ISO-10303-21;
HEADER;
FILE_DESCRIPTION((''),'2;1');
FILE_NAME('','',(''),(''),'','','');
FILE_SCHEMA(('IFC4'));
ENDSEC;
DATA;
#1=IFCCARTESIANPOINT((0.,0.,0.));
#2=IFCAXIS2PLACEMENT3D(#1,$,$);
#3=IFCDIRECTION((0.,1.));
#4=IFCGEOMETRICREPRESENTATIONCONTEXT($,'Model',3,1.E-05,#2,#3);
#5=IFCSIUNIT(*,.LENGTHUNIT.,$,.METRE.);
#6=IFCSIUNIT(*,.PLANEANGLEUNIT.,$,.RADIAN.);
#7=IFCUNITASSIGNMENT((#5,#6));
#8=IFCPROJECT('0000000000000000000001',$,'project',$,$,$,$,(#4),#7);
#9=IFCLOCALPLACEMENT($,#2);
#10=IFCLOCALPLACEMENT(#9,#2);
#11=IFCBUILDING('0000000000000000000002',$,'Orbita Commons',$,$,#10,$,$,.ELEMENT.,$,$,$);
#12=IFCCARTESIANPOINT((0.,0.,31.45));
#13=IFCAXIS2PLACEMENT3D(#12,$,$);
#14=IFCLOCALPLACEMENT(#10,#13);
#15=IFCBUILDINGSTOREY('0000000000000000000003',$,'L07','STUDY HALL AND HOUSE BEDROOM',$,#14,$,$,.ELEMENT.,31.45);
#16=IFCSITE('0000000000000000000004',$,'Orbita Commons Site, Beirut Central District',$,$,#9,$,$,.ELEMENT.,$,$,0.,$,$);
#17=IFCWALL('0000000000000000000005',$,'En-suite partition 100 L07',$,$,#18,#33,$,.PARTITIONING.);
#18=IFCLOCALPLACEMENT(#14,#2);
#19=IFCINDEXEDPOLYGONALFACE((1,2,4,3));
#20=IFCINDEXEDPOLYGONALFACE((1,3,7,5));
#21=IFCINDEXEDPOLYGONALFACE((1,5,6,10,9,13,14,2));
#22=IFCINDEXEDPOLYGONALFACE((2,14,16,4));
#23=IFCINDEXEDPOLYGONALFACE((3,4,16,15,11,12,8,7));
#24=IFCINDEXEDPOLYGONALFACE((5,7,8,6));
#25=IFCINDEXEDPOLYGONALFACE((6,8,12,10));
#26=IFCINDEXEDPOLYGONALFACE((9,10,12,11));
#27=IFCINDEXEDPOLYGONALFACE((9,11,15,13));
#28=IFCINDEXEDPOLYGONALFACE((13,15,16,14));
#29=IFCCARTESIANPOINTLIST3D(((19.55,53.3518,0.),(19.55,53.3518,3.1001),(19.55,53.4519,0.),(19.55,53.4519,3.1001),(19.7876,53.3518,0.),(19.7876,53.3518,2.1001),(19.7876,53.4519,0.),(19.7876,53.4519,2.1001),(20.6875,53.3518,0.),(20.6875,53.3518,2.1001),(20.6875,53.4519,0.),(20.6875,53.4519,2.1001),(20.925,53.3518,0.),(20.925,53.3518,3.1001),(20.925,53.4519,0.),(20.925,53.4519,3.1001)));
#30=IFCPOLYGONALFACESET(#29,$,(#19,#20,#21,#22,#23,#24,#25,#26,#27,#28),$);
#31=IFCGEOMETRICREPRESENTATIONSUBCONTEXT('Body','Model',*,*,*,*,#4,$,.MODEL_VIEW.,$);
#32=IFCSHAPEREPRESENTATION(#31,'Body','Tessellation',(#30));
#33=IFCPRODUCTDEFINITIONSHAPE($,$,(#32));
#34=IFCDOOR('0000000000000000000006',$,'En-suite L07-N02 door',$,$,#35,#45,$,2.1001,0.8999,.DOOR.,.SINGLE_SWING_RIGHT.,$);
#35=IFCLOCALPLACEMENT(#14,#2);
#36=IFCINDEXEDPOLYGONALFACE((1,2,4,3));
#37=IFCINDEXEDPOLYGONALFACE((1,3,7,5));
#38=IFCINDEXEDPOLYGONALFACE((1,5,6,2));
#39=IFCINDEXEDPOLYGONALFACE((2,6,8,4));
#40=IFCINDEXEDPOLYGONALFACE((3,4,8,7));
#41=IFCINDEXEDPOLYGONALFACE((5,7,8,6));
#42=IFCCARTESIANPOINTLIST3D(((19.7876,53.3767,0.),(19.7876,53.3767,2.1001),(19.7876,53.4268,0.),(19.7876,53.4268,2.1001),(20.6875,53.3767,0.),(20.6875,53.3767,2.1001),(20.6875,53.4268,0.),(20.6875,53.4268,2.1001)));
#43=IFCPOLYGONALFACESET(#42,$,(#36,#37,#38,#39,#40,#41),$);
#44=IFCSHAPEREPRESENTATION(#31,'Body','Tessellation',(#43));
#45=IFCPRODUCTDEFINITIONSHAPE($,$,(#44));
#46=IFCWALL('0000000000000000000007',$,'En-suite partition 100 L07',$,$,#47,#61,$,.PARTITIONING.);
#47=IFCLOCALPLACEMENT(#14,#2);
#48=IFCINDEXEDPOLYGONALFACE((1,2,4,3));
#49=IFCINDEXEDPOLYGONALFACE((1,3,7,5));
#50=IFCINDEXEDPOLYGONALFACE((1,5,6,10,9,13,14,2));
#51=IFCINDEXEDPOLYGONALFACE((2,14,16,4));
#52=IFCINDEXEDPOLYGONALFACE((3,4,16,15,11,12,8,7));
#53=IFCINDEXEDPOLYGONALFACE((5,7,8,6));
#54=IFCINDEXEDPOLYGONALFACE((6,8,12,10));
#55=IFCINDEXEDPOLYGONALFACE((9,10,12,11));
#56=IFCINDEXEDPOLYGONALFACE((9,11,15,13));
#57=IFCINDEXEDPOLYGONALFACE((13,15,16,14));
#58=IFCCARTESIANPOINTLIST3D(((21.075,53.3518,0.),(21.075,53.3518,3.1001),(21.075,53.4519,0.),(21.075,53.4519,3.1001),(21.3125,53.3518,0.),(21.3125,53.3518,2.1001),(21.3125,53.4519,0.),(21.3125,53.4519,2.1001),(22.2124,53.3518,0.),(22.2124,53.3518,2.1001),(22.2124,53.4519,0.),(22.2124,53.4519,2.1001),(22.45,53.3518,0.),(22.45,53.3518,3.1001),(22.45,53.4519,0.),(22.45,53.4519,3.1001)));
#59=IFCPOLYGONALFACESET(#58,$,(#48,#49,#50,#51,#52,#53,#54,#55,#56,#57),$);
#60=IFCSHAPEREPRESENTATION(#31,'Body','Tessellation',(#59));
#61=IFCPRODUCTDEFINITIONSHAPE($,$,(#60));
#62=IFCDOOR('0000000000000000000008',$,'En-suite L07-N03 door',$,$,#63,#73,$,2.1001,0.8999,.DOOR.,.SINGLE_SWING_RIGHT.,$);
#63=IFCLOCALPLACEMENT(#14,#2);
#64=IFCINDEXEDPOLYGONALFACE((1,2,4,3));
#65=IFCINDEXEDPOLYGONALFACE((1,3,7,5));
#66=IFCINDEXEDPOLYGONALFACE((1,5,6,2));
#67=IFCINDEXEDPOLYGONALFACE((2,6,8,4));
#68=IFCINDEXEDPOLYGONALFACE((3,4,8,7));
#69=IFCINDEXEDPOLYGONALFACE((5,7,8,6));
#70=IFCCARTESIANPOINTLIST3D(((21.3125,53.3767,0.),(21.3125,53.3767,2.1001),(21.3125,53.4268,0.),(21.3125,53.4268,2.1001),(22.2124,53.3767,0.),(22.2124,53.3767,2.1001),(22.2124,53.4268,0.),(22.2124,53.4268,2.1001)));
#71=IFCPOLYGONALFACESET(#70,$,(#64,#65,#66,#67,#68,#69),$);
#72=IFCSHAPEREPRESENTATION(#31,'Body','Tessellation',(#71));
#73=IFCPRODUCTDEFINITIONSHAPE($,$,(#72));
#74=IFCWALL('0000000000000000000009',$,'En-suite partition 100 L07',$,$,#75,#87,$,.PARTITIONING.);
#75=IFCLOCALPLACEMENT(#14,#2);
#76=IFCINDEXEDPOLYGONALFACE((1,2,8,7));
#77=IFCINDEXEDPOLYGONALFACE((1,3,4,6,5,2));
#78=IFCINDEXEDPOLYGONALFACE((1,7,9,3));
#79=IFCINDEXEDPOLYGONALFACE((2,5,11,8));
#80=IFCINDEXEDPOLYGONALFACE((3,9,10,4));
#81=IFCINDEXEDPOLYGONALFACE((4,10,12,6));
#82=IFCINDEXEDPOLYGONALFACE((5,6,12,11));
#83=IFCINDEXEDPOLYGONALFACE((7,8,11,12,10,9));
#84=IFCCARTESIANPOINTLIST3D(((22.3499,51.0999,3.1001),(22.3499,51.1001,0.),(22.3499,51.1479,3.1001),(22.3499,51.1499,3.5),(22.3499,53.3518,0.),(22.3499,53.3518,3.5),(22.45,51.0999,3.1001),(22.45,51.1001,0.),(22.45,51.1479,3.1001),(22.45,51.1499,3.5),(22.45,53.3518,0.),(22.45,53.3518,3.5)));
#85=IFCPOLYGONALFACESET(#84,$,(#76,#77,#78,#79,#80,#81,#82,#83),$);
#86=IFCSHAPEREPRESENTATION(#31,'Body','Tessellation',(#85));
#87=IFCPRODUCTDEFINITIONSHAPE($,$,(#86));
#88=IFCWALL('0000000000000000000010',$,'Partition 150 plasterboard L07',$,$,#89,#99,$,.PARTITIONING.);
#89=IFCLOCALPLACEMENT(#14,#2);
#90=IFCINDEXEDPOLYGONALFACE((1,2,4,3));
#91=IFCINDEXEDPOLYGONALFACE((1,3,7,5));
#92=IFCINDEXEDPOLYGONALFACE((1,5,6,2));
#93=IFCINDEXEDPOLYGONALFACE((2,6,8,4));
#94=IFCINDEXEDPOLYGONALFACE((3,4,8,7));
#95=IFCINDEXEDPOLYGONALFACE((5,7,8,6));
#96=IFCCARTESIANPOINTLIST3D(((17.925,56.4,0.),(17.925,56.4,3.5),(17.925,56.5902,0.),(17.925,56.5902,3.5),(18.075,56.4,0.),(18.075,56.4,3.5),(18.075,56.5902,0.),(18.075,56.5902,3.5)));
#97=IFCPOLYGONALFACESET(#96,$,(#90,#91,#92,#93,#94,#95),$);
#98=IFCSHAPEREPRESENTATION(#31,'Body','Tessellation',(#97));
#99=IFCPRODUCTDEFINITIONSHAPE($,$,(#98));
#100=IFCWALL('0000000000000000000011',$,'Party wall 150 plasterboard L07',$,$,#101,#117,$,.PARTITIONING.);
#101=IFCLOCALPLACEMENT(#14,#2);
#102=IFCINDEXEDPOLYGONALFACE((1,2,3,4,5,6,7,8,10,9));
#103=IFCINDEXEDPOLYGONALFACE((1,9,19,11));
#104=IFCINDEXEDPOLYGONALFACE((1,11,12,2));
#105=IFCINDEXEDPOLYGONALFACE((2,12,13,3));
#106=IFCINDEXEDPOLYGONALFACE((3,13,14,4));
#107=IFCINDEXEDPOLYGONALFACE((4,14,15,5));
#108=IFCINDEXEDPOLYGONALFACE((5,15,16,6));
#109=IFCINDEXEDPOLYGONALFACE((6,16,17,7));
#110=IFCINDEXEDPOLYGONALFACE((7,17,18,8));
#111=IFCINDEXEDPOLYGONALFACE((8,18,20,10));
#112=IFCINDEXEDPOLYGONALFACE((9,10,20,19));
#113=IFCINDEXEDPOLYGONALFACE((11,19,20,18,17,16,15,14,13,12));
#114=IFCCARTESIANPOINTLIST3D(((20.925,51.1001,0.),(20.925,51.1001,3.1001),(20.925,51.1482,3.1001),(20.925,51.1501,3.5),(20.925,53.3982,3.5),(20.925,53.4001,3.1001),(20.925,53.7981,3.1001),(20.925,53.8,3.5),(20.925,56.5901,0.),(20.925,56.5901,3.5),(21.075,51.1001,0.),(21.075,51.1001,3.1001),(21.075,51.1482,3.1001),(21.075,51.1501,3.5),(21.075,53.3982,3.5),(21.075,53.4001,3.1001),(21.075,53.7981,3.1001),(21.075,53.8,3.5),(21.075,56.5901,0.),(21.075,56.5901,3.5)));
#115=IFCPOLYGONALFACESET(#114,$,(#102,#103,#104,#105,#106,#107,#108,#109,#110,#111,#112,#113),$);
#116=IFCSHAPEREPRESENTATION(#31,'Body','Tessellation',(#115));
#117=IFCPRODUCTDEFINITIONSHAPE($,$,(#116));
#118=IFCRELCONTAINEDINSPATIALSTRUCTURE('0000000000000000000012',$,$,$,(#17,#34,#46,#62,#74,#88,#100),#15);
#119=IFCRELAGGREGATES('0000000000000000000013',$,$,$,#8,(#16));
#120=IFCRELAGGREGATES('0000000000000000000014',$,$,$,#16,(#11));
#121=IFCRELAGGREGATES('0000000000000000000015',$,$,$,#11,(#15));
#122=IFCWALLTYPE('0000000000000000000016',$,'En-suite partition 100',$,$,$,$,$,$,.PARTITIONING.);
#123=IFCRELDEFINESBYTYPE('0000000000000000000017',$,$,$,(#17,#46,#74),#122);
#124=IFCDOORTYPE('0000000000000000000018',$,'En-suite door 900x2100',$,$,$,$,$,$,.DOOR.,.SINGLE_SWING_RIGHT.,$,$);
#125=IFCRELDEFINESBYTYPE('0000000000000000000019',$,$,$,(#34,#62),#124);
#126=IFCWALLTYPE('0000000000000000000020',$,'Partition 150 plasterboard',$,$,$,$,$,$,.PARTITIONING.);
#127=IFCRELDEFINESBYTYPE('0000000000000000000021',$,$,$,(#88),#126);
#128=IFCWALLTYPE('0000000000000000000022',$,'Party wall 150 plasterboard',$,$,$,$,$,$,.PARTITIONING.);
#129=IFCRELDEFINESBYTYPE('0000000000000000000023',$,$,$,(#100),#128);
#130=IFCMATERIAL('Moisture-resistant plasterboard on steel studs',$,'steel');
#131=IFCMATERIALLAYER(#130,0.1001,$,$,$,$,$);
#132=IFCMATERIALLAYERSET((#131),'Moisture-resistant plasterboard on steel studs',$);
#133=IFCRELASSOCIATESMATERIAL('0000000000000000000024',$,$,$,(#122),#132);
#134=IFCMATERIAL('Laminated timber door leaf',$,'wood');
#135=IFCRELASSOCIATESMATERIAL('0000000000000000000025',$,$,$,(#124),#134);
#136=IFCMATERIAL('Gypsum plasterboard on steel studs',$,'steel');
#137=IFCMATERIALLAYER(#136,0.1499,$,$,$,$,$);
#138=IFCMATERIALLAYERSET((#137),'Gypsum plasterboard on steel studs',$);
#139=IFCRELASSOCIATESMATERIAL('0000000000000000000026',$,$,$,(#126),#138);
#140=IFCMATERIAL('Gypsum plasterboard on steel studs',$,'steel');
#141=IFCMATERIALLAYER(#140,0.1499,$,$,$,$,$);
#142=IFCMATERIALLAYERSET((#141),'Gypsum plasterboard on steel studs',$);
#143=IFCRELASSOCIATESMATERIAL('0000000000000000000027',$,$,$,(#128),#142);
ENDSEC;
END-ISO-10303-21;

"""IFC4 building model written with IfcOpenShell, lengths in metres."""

from ifc_helpers import new_model, si_unit, direction, frame, frame_2d, origin, place, context, subcontext, project, spatial, polyline, rectangle, outline, extrude, material, layer, layer_set, type_object, element, fill, save


model = new_model("IFC4")

# Units and contexts
model_context = context("Model", 3, precision=1e-05, world=origin(), true_north=direction((0.0, 1.0)))
body_context = subcontext(model_context, "Body", "Model", "MODEL_VIEW")
ifc_project = project(units=[si_unit("LENGTHUNIT", "METRE"), si_unit("PLANEANGLEUNIT", "RADIAN")], contexts=[model_context])

# Site, building, storey
site_placement = place(None, origin())
site = spatial("IfcSite", under=ifc_project, at=site_placement, Name="Orbita Commons Site, Beirut Central District", CompositionType="ELEMENT", RefElevation=0.0)
building_placement = place(site_placement, origin())
building = spatial("IfcBuilding", under=site, at=building_placement, Name="Orbita Commons", CompositionType="ELEMENT")
storey_placement = place(building_placement, frame((0.0, 0.0, 31.45)))
storey = spatial("IfcBuildingStorey", under=building, at=storey_placement, Name="L07", Description="STUDY HALL AND HOUSE BEDROOM", CompositionType="ELEMENT", Elevation=31.45)

# Walls, openings, doors
ifc_material_1 = material(Name="Moisture-resistant plasterboard on steel studs", Category="steel")
ifc_layer_1 = layer(ifc_material_1, 0.1001)
ifc_layer_set_1 = layer_set([ifc_layer_1], Name="Moisture-resistant plasterboard on steel studs")
wall_type_1 = type_object("IfcWallType", Name="En-suite partition 100", PredefinedType="PARTITIONING", material=ifc_layer_set_1)
wall_1_placement = place(storey_placement, frame((19.55, 53.4019, 0.0), z_axis=(0.0, 0.0, 1.0), x_axis=(1.0, 0.0, 0.0)))
wall_1 = element("IfcWall", 1, at=wall_1_placement, inside=storey, type_object=wall_type_1, Name="En-suite partition 100 L07", PredefinedType="PARTITIONING", context=body_context, shape_type="SweptSolid", body=[
    extrude(outline(polyline([(0.0, 0.0), (1.375, 0.0), (1.375, 3.1001), (0.0, 3.1001), (0.0, 0.0)])), frame((0.0, 0.05, 0.0), z_axis=(0.0, -1.0, 0.0), x_axis=(1.0, 0.0, 0.0)), (0.0, 0.0, 1.0), 0.1001),
])
opening_1_placement = place(wall_1_placement, frame((0.2375, 0.0, 0.0)))
opening_1 = element("IfcOpeningElement", 2, at=opening_1_placement, cuts=wall_1, PredefinedType="OPENING", context=body_context, shape_type="SweptSolid", body=[
    extrude(rectangle(XDim=0.8999, YDim=2.1001, at=frame_2d((0.45, 1.05))), frame((0.0, 0.0601, 0.0), z_axis=(0.0, -1.0, 0.0), x_axis=(1.0, 0.0, 0.0)), (0.0, 0.0, 1.0), 0.1201),
])
ifc_material_2 = material(Name="Laminated timber door leaf", Category="wood")
door_type = type_object("IfcDoorType", Name="En-suite door 900x2100", OperationType="SINGLE_SWING_RIGHT", PredefinedType="DOOR", material=ifc_material_2)
door_1_placement = place(opening_1_placement, origin())
door_1 = element("IfcDoor", 3, at=door_1_placement, inside=storey, type_object=door_type, Name="En-suite L07-N02 door", OperationType="SINGLE_SWING_RIGHT", OverallHeight=2.1001, OverallWidth=0.8999, PredefinedType="DOOR", context=body_context, shape_type="SweptSolid", body=[
    extrude(rectangle(XDim=0.8999, YDim=2.1001, at=frame_2d((0.45, 1.05))), frame((0.0, 0.0249, 0.0), z_axis=(0.0, -1.0, 0.0), x_axis=(1.0, 0.0, 0.0)), (0.0, 0.0, 1.0), 0.05),
])
fill(opening_1, door_1)
wall_2_placement = place(storey_placement, frame((21.075, 53.4019, 0.0), z_axis=(0.0, 0.0, 1.0), x_axis=(1.0, 0.0, 0.0)))
wall_2 = element("IfcWall", 4, at=wall_2_placement, inside=storey, type_object=wall_type_1, Name="En-suite partition 100 L07", PredefinedType="PARTITIONING", context=body_context, shape_type="SweptSolid", body=[
    extrude(outline(polyline([(0.0, 0.0), (1.375, 0.0), (1.375, 3.1001), (0.0, 3.1001), (0.0, 0.0)])), frame((0.0, 0.05, 0.0), z_axis=(0.0, -1.0, 0.0), x_axis=(1.0, 0.0, 0.0)), (0.0, 0.0, 1.0), 0.1001),
])
opening_2_placement = place(wall_2_placement, frame((0.2375, 0.0, 0.0)))
opening_2 = element("IfcOpeningElement", 5, at=opening_2_placement, cuts=wall_2, PredefinedType="OPENING", context=body_context, shape_type="SweptSolid", body=[
    extrude(rectangle(XDim=0.8999, YDim=2.1001, at=frame_2d((0.45, 1.05))), frame((0.0, 0.0601, 0.0), z_axis=(0.0, -1.0, 0.0), x_axis=(1.0, 0.0, 0.0)), (0.0, 0.0, 1.0), 0.1201),
])
door_2_placement = place(opening_2_placement, origin())
door_2 = element("IfcDoor", 6, at=door_2_placement, inside=storey, type_object=door_type, Name="En-suite L07-N03 door", OperationType="SINGLE_SWING_RIGHT", OverallHeight=2.1001, OverallWidth=0.8999, PredefinedType="DOOR", context=body_context, shape_type="SweptSolid", body=[
    extrude(rectangle(XDim=0.8999, YDim=2.1001, at=frame_2d((0.45, 1.05))), frame((0.0, 0.0249, 0.0), z_axis=(0.0, -1.0, 0.0), x_axis=(1.0, 0.0, 0.0)), (0.0, 0.0, 1.0), 0.05),
])
fill(opening_2, door_2)

# Walls
wall_3_placement = place(storey_placement, frame((22.3999, 53.3518, 0.0), z_axis=(0.0, 0.0, 1.0), x_axis=(0.0, -1.0, 0.0)))
element("IfcWall", 7, at=wall_3_placement, inside=storey, type_object=wall_type_1, Name="En-suite partition 100 L07", PredefinedType="PARTITIONING", context=body_context, shape_type="SweptSolid", body=[
    extrude(outline(polyline([(0.0, 0.0), (2.2517, 0.0), (2.252, 3.1001), (2.2039, 3.1001), (2.2019, 3.5), (0.0, 3.5), (0.0, 0.0)])), frame((0.0, 0.05, 0.0), z_axis=(0.0, -1.0, 0.0), x_axis=(1.0, 0.0, 0.0)), (0.0, 0.0, 1.0), 0.1001),
])
ifc_material_3 = material(Name="Gypsum plasterboard on steel studs", Category="steel")
ifc_layer_2 = layer(ifc_material_3, 0.1499)
ifc_layer_set_2 = layer_set([ifc_layer_2], Name="Gypsum plasterboard on steel studs")
wall_type_2 = type_object("IfcWallType", Name="Partition 150 plasterboard", PredefinedType="PARTITIONING", material=ifc_layer_set_2)
wall_4_placement = place(storey_placement, frame((18.0, 56.3999, 0.0), z_axis=(0.0, 0.0, 1.0), x_axis=(0.0, 1.0, 0.0)))
element("IfcWall", 8, at=wall_4_placement, inside=storey, type_object=wall_type_2, Name="Partition 150 plasterboard L07", PredefinedType="PARTITIONING", context=body_context, shape_type="SweptSolid", body=[
    extrude(rectangle(XDim=0.1902, YDim=0.1499, at=frame_2d((0.0952, 0.0))), origin(), (0.0, 0.0, 1.0), 3.5),
])
ifc_material_4 = material(Name="Gypsum plasterboard on steel studs", Category="steel")
ifc_layer_3 = layer(ifc_material_4, 0.1499)
ifc_layer_set_3 = layer_set([ifc_layer_3], Name="Gypsum plasterboard on steel studs")
wall_type_3 = type_object("IfcWallType", Name="Party wall 150 plasterboard", PredefinedType="PARTITIONING", material=ifc_layer_set_3)
wall_5_placement = place(storey_placement, frame((21.0, 56.5901, 0.0), z_axis=(0.0, 0.0, 1.0), x_axis=(0.0, -1.0, 0.0)))
element("IfcWall", 9, at=wall_5_placement, inside=storey, type_object=wall_type_3, Name="Party wall 150 plasterboard L07", PredefinedType="PARTITIONING", context=body_context, shape_type="SweptSolid", body=[
    extrude(outline(polyline([(0.0, 0.0), (5.49, 0.0), (5.49, 3.1001), (5.4419, 3.1001), (5.4399, 3.5), (3.1919, 3.5), (3.1899, 3.1001), (2.792, 3.1001), (2.79, 3.5), (0.0, 3.5), (0.0, 0.0)])), frame((0.0, 0.075, 0.0), z_axis=(0.0, -1.0, 0.0), x_axis=(1.0, 0.0, 0.0)), (0.0, 0.0, 1.0), 0.1499),
])

save(model, "model.ifc")
